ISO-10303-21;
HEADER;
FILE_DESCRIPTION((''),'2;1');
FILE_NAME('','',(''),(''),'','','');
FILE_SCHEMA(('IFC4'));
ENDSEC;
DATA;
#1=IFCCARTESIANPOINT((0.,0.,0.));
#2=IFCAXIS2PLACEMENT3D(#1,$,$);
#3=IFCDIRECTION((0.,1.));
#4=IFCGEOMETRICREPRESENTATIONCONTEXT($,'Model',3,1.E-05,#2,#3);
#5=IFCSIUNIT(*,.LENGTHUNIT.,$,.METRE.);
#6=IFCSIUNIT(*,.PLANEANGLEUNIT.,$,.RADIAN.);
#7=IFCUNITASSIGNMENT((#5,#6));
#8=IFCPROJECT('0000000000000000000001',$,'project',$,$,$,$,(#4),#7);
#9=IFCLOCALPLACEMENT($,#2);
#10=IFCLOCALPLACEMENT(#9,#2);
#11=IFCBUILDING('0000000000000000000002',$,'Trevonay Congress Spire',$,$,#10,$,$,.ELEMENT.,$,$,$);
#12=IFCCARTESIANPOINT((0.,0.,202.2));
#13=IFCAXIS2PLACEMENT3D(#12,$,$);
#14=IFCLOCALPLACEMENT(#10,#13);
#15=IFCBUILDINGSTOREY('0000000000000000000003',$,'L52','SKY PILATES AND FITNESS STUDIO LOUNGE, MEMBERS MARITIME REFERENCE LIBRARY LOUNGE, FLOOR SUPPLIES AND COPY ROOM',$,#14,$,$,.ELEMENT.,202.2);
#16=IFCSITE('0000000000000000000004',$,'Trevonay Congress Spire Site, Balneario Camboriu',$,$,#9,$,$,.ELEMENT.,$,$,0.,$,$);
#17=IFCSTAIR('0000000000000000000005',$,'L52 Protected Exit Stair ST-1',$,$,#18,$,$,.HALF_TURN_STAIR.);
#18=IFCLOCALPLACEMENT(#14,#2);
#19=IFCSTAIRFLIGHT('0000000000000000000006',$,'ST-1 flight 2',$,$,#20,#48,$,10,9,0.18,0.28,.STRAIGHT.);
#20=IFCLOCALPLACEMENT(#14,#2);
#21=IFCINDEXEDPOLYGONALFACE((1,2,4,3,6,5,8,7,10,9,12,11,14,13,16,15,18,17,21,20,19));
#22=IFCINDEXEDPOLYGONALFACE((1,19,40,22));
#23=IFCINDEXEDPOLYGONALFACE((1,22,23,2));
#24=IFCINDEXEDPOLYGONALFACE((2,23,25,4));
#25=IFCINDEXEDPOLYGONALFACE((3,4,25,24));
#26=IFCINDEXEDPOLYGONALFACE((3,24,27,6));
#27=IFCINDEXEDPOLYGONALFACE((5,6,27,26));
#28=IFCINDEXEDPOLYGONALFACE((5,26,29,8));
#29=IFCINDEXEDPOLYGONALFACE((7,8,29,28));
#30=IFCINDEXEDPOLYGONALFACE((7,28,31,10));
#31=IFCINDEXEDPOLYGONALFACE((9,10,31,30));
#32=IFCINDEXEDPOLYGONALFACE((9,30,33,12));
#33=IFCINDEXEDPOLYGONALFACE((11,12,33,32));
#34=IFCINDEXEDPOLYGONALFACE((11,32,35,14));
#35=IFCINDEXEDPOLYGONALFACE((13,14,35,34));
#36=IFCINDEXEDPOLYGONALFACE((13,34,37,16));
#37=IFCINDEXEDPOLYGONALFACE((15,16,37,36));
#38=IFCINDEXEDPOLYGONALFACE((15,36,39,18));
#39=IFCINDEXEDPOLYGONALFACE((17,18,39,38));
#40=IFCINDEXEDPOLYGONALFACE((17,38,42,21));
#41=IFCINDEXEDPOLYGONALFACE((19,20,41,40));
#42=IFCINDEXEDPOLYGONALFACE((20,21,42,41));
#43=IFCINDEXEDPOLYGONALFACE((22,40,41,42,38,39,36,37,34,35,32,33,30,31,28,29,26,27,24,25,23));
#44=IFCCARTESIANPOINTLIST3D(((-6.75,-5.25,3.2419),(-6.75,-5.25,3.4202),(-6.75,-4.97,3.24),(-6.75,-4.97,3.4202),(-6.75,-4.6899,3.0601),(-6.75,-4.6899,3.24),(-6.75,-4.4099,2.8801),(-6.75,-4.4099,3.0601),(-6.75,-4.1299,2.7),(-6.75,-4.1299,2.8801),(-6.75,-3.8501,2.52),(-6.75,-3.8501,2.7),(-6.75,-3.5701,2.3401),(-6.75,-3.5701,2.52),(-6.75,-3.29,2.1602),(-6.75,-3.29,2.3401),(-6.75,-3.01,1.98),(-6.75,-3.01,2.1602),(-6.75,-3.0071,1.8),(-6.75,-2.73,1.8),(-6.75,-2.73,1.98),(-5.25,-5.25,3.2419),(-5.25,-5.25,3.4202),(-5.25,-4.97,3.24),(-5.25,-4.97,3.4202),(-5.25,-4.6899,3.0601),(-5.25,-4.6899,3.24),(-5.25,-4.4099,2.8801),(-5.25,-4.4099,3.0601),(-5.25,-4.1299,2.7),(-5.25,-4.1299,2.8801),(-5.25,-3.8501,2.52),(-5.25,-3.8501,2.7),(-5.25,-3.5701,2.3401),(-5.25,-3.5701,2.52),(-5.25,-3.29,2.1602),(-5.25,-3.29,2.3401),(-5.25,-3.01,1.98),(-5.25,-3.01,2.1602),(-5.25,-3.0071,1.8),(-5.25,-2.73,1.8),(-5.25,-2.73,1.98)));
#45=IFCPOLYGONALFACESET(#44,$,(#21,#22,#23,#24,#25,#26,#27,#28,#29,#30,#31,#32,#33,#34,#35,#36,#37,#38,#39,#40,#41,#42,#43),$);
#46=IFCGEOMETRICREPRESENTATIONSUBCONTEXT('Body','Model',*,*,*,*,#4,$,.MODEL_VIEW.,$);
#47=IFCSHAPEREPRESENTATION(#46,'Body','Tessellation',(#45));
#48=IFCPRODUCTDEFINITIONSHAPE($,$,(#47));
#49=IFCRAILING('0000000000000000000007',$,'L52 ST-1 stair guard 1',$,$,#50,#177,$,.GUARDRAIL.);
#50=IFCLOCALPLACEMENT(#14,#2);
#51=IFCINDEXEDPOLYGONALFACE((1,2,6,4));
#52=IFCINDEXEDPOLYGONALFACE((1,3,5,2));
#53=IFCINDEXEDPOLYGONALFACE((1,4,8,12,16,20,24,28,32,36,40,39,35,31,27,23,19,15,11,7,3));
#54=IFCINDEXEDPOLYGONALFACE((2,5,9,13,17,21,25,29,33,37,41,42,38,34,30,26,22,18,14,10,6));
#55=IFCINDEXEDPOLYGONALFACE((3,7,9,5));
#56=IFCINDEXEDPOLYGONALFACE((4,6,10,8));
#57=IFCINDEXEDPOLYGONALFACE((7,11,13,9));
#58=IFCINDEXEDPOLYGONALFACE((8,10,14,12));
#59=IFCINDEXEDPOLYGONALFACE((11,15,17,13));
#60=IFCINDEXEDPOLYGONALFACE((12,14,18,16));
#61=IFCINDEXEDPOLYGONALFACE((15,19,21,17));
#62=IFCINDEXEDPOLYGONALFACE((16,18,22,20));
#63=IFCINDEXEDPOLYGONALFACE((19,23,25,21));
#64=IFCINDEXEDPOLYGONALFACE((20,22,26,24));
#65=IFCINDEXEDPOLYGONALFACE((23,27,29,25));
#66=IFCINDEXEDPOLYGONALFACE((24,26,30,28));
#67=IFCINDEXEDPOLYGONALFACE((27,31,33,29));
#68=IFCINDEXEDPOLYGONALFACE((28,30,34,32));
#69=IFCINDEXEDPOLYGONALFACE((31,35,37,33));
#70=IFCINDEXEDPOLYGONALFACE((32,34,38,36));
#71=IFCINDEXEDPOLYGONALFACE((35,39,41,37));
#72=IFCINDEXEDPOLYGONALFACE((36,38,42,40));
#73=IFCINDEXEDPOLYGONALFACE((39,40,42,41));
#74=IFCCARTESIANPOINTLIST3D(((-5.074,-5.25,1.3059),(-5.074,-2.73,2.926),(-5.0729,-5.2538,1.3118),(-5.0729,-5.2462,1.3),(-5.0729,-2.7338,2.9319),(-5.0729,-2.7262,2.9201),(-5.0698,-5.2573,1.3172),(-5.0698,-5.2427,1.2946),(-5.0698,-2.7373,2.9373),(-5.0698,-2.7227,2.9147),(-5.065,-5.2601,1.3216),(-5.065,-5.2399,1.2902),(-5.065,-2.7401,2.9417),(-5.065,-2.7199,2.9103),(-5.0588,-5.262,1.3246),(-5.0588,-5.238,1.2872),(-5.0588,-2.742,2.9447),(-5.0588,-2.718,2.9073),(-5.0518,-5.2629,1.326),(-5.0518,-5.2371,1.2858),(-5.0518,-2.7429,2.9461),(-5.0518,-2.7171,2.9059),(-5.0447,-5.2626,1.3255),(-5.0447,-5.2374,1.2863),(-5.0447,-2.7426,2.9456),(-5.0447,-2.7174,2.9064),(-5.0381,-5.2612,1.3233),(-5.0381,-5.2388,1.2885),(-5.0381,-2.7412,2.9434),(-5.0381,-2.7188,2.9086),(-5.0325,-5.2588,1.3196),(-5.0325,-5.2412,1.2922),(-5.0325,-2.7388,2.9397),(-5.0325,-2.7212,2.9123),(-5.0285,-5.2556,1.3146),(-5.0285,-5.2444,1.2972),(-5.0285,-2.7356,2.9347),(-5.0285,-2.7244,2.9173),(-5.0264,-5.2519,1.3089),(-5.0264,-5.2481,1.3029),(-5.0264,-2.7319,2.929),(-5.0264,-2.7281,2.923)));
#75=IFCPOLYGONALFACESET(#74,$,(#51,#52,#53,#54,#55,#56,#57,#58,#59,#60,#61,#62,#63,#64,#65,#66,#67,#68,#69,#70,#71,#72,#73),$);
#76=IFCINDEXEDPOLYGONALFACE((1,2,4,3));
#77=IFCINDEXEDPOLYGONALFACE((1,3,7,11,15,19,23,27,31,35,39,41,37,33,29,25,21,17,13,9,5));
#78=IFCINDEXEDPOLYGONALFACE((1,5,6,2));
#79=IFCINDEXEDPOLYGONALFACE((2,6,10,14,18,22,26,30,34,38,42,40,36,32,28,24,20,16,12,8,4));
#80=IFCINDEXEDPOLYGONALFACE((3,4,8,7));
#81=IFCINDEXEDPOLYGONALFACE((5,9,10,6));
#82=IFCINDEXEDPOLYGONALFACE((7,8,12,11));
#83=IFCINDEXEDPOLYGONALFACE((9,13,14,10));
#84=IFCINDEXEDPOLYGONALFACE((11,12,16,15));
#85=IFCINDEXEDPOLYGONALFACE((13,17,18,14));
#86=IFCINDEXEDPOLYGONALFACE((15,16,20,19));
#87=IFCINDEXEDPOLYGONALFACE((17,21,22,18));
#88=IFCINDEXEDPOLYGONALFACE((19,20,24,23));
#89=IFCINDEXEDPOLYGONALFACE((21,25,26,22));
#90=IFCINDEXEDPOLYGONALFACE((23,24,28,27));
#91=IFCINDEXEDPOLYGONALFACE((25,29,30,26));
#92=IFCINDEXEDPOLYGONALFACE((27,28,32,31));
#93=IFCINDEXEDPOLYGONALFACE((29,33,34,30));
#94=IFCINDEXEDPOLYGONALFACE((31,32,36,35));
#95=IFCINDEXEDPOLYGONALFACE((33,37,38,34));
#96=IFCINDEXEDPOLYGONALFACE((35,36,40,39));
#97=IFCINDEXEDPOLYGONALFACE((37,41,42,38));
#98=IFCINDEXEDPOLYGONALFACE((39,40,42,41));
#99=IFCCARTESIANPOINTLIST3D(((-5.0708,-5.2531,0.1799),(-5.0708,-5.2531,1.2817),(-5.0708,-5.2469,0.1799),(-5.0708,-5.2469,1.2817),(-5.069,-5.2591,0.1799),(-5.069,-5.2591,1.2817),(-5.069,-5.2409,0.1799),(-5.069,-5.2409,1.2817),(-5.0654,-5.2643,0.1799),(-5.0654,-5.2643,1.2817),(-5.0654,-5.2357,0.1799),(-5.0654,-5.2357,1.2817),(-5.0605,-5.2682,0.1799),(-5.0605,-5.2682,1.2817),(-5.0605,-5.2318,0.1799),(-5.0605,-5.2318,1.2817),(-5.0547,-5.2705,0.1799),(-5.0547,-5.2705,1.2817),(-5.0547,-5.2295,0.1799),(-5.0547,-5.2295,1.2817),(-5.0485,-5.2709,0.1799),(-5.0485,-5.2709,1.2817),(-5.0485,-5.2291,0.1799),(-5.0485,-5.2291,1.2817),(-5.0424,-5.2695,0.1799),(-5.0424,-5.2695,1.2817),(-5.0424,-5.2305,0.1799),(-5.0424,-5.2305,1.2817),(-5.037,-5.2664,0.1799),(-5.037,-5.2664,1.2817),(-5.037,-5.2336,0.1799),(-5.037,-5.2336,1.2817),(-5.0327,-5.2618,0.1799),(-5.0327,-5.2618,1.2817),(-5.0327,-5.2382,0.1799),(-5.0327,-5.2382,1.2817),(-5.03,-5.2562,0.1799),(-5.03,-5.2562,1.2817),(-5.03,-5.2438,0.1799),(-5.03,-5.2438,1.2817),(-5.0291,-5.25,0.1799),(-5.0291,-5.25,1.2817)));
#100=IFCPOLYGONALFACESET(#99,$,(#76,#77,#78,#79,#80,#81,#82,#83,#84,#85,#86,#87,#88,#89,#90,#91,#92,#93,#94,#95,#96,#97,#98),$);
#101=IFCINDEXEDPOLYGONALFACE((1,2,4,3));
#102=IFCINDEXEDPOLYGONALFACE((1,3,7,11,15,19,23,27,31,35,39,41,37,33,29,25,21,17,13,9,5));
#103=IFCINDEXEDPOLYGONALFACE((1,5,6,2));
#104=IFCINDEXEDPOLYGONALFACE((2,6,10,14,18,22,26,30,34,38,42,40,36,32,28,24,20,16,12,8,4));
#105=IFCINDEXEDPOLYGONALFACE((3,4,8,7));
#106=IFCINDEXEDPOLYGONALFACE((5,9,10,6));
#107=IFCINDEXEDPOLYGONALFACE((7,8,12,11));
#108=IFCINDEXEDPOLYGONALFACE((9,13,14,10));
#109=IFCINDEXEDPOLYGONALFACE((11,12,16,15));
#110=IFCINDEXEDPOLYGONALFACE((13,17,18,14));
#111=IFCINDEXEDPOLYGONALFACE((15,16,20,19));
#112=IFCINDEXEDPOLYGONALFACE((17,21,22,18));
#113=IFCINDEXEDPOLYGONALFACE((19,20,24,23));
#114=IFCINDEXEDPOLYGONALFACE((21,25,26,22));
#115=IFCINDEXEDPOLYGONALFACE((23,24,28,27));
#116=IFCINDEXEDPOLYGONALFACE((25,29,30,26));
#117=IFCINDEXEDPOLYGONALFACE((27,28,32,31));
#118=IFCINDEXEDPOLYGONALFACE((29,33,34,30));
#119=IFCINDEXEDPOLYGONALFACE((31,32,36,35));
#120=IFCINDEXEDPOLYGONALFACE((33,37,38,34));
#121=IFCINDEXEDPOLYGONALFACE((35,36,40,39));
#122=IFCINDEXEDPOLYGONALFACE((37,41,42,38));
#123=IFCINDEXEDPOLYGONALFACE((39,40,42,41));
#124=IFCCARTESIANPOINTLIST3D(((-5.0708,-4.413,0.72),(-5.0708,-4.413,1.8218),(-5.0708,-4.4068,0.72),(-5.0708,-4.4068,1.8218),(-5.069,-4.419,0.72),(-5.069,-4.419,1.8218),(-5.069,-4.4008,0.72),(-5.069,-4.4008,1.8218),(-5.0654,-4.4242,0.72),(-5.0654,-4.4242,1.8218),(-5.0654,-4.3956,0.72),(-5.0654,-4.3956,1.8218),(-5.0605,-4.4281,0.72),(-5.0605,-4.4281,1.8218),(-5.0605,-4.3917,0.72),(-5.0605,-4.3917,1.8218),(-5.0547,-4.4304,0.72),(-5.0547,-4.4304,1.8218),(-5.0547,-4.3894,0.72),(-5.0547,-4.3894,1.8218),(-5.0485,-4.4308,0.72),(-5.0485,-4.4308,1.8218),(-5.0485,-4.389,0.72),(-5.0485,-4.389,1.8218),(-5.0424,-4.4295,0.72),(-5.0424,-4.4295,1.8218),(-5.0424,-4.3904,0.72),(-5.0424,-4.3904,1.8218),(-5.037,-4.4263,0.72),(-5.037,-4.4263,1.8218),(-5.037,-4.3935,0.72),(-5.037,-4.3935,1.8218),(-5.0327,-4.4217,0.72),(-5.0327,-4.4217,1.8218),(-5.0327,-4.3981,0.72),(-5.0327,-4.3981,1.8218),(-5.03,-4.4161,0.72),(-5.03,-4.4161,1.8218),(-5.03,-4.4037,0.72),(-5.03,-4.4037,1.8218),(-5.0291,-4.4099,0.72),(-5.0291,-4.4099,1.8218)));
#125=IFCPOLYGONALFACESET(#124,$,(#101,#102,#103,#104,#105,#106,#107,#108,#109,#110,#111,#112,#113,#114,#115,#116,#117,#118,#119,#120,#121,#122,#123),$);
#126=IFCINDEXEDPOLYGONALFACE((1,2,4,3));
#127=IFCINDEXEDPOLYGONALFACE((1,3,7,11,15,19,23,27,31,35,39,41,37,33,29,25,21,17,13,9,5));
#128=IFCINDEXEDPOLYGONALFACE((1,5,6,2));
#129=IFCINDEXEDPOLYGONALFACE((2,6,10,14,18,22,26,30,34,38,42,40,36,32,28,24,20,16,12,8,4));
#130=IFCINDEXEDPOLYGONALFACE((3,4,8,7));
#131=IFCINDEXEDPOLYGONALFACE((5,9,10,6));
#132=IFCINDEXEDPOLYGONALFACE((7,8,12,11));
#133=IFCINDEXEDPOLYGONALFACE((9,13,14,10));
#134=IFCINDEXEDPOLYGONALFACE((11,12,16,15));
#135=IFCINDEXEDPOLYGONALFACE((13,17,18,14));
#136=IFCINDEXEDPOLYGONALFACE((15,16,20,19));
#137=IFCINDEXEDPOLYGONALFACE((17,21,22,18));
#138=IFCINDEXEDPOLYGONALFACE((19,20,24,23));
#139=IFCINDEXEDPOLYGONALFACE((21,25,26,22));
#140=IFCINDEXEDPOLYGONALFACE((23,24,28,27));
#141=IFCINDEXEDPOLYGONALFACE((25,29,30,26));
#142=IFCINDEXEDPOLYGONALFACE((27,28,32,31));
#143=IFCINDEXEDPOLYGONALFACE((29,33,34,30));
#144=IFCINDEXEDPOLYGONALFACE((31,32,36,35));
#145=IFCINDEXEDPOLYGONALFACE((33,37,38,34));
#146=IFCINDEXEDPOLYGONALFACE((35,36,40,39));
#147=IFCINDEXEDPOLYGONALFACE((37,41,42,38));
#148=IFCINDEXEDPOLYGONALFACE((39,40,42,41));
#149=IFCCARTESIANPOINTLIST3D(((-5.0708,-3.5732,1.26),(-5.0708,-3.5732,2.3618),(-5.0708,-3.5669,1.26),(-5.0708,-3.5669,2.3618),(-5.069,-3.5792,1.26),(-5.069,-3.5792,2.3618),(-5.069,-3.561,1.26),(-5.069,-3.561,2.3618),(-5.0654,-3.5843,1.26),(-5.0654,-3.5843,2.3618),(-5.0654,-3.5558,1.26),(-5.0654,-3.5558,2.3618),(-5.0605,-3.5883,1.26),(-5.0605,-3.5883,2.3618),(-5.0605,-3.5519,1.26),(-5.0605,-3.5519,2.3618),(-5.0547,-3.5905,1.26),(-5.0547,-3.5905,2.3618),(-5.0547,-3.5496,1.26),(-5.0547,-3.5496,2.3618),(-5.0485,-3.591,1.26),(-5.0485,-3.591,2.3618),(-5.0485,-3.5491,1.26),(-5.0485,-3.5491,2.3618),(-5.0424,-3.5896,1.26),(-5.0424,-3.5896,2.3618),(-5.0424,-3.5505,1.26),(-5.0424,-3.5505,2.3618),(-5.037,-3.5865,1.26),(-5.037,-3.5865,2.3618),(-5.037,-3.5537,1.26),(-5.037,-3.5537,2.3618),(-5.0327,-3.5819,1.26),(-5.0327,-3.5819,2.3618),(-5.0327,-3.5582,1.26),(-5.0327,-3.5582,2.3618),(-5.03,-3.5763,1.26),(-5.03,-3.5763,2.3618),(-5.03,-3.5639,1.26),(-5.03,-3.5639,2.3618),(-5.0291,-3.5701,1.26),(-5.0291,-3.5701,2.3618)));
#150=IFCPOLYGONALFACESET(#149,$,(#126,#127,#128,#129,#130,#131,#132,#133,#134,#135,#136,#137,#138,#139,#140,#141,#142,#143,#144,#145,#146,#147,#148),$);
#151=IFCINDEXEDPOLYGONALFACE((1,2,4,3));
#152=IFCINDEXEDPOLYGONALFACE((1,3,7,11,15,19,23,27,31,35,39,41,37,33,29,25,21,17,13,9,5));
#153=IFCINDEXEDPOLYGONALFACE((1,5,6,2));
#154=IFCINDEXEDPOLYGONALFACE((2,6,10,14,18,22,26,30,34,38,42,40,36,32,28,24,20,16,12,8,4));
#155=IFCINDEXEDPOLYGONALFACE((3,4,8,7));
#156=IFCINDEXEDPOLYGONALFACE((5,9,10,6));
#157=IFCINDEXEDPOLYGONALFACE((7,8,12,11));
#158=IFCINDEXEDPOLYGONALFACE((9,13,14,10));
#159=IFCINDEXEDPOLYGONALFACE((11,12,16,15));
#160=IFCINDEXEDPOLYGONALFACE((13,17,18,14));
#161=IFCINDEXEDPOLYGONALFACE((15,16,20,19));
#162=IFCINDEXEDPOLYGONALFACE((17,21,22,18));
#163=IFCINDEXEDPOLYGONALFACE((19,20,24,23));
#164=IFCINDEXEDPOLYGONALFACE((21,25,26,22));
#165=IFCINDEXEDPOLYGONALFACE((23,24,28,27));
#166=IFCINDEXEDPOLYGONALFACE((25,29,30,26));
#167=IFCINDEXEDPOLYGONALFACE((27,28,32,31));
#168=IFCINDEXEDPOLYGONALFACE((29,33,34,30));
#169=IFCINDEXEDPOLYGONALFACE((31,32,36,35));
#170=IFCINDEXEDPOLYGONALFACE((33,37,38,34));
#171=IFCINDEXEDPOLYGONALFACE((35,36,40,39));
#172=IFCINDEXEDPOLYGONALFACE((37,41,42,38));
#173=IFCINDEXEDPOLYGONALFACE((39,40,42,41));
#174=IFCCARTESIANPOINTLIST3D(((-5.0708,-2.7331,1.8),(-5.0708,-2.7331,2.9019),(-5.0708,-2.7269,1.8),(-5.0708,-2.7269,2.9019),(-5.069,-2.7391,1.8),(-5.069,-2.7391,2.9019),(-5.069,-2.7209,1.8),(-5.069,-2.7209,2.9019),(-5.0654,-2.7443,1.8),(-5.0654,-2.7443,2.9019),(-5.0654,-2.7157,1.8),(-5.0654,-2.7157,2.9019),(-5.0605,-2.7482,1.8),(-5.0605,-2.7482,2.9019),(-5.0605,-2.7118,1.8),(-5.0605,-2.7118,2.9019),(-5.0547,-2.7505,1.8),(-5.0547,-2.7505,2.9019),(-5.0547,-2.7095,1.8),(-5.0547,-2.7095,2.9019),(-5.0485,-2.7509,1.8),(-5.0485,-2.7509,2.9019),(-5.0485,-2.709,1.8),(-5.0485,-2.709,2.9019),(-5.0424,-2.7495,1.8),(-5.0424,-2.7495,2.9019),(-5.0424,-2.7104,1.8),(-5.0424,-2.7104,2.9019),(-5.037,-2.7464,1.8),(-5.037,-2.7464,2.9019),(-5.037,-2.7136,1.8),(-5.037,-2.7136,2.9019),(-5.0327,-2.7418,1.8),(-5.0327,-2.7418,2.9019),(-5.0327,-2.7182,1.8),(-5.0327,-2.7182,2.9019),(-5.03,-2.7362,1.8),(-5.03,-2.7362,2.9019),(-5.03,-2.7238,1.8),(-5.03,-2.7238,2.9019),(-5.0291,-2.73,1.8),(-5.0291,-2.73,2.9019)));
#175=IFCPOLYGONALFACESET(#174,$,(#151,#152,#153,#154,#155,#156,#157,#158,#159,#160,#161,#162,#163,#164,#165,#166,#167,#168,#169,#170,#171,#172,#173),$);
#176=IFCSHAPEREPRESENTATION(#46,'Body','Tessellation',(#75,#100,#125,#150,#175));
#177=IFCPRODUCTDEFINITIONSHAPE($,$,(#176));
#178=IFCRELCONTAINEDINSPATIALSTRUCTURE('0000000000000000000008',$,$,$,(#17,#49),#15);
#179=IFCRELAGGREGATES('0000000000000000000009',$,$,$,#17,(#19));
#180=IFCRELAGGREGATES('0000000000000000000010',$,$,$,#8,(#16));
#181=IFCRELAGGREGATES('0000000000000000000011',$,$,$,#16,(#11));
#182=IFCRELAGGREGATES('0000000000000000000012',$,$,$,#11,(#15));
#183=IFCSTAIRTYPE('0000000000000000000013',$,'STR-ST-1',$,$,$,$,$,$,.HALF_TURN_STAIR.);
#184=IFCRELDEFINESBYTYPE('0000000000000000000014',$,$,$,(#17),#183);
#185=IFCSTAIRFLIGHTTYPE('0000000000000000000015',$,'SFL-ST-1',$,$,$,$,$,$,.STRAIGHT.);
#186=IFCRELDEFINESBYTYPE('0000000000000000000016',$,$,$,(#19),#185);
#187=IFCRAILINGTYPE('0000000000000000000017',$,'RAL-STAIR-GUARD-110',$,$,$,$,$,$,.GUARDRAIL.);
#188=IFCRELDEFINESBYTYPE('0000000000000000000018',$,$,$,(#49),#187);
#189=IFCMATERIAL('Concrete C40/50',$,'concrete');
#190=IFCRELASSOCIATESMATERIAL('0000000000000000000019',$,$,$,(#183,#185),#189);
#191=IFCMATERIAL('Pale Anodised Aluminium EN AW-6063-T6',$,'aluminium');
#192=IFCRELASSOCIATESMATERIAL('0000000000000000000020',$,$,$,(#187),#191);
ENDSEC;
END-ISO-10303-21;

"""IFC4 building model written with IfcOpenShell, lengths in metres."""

from ifc_helpers import new_model, si_unit, direction, frame, origin, origin_2d, place, context, subcontext, project, spatial, polyline, circle, outline, extrude, material, type_object, element, aggregate, save


model = new_model("IFC4")

# Units and contexts
model_context = context("Model", 3, precision=1e-05, world=origin(), true_north=direction((0.0, 1.0)))
body_context = subcontext(model_context, "Body", "Model", "MODEL_VIEW")
ifc_project = project(units=[si_unit("LENGTHUNIT", "METRE"), si_unit("PLANEANGLEUNIT", "RADIAN")], contexts=[model_context])

# Site, building, storey
site_placement = place(None, origin())
site = spatial("IfcSite", under=ifc_project, at=site_placement, Name="Trevonay Congress Spire Site, Balneario Camboriu", CompositionType="ELEMENT", RefElevation=0.0)
building_placement = place(site_placement, origin())
building = spatial("IfcBuilding", under=site, at=building_placement, Name="Trevonay Congress Spire", CompositionType="ELEMENT")
storey_placement = place(building_placement, frame((0.0, 0.0, 202.2)))
storey = spatial("IfcBuildingStorey", under=building, at=storey_placement, Name="L52", Description="SKY PILATES AND FITNESS STUDIO LOUNGE, MEMBERS MARITIME REFERENCE LIBRARY LOUNGE, FLOOR SUPPLIES AND COPY ROOM", CompositionType="ELEMENT", Elevation=202.2)

# Shared definitions
ifc_material_1 = material(Name="Concrete C40/50", Category="concrete")

# Stair, stair flight
stair_type = type_object("IfcStairType", Name="STR-ST-1", PredefinedType="HALF_TURN_STAIR", material=ifc_material_1)
stair_placement = place(storey_placement, origin())
stair = element("IfcStair", 1, at=stair_placement, inside=storey, type_object=stair_type, Name="L52 Protected Exit Stair ST-1", PredefinedType="HALF_TURN_STAIR")
stair_flight_type = type_object("IfcStairFlightType", Name="SFL-ST-1", PredefinedType="STRAIGHT", material=ifc_material_1)
stair_flight_1_placement = place(storey_placement, frame((-6.0, -2.73, 1.8), z_axis=(0.0, 0.0, 1.0), x_axis=(0.0, -1.0, 0.0)))
stair_flight_1 = element("IfcStairFlight", 2, at=stair_flight_1_placement, type_object=stair_flight_type, Name="ST-1 flight 2", NumberOfRisers=10, NumberOfTreads=9, PredefinedType="STRAIGHT", RiserHeight=0.18, TreadLength=0.28, context=body_context, shape_type="SweptSolid", body=[
    extrude(outline(polyline([(0.0, 0.0), (0.0, 0.1799), (0.28, 0.1799), (0.28, 0.3601), (0.5601, 0.3601), (0.5601, 0.54), (0.8401, 0.54), (0.8401, 0.72), (1.1201, 0.72), (1.1201, 0.8999), (1.3999, 0.8999), (1.3999, 1.0801), (1.6799, 1.0801), (1.6799, 1.26), (1.96, 1.26), (1.96, 1.4399), (2.24, 1.4399), (2.24, 1.6201), (2.52, 1.6201), (2.52, 1.8), (2.52, 1.4419), (0.2771, 0.0), (0.0, 0.0)])), frame((0.0, 0.75, 0.0), z_axis=(0.0, -1.0, 0.0), x_axis=(1.0, 0.0, 0.0)), (0.0, 0.0, 1.0), 1.5),
])
aggregate(stair, [stair_flight_1])

# Railing
ifc_material_2 = material(Name="Pale Anodised Aluminium EN AW-6063-T6", Category="aluminium")
railing_type_1 = type_object("IfcRailingType", Name="RAL-STAIR-GUARD-110", PredefinedType="GUARDRAIL", material=ifc_material_2)
railing_1_placement = place(storey_placement, frame((-5.05, -5.25, 0.1799)))
element("IfcRailing", 3, at=railing_1_placement, inside=storey, type_object=railing_type_1, Name="L52 ST-1 stair guard 1", PredefinedType="GUARDRAIL", context=body_context, shape_type="SweptSolid", body=[
    extrude(circle(Radius=0.0239, at=origin_2d()), frame((0.0, 0.0, 1.126), z_axis=(0.0, 0.841163, 0.540782), x_axis=(-1.0, 0.0, 0.0)), (0.0, 0.0, 1.0), 2.9958),
    extrude(circle(Radius=0.021, at=origin_2d()), origin(), (0.0, 0.0, 1.0), 1.1018),
    extrude(circle(Radius=0.021, at=origin_2d()), frame((0.0, 0.8401, 0.54)), (0.0, 0.0, 1.0), 1.1018),
    extrude(circle(Radius=0.021, at=origin_2d()), frame((0.0, 1.6799, 1.0801)), (0.0, 0.0, 1.0), 1.1018),
    extrude(circle(Radius=0.021, at=origin_2d()), frame((0.0, 2.52, 1.6201)), (0.0, 0.0, 1.0), 1.1018),
])

save(model, "model.ifc")
